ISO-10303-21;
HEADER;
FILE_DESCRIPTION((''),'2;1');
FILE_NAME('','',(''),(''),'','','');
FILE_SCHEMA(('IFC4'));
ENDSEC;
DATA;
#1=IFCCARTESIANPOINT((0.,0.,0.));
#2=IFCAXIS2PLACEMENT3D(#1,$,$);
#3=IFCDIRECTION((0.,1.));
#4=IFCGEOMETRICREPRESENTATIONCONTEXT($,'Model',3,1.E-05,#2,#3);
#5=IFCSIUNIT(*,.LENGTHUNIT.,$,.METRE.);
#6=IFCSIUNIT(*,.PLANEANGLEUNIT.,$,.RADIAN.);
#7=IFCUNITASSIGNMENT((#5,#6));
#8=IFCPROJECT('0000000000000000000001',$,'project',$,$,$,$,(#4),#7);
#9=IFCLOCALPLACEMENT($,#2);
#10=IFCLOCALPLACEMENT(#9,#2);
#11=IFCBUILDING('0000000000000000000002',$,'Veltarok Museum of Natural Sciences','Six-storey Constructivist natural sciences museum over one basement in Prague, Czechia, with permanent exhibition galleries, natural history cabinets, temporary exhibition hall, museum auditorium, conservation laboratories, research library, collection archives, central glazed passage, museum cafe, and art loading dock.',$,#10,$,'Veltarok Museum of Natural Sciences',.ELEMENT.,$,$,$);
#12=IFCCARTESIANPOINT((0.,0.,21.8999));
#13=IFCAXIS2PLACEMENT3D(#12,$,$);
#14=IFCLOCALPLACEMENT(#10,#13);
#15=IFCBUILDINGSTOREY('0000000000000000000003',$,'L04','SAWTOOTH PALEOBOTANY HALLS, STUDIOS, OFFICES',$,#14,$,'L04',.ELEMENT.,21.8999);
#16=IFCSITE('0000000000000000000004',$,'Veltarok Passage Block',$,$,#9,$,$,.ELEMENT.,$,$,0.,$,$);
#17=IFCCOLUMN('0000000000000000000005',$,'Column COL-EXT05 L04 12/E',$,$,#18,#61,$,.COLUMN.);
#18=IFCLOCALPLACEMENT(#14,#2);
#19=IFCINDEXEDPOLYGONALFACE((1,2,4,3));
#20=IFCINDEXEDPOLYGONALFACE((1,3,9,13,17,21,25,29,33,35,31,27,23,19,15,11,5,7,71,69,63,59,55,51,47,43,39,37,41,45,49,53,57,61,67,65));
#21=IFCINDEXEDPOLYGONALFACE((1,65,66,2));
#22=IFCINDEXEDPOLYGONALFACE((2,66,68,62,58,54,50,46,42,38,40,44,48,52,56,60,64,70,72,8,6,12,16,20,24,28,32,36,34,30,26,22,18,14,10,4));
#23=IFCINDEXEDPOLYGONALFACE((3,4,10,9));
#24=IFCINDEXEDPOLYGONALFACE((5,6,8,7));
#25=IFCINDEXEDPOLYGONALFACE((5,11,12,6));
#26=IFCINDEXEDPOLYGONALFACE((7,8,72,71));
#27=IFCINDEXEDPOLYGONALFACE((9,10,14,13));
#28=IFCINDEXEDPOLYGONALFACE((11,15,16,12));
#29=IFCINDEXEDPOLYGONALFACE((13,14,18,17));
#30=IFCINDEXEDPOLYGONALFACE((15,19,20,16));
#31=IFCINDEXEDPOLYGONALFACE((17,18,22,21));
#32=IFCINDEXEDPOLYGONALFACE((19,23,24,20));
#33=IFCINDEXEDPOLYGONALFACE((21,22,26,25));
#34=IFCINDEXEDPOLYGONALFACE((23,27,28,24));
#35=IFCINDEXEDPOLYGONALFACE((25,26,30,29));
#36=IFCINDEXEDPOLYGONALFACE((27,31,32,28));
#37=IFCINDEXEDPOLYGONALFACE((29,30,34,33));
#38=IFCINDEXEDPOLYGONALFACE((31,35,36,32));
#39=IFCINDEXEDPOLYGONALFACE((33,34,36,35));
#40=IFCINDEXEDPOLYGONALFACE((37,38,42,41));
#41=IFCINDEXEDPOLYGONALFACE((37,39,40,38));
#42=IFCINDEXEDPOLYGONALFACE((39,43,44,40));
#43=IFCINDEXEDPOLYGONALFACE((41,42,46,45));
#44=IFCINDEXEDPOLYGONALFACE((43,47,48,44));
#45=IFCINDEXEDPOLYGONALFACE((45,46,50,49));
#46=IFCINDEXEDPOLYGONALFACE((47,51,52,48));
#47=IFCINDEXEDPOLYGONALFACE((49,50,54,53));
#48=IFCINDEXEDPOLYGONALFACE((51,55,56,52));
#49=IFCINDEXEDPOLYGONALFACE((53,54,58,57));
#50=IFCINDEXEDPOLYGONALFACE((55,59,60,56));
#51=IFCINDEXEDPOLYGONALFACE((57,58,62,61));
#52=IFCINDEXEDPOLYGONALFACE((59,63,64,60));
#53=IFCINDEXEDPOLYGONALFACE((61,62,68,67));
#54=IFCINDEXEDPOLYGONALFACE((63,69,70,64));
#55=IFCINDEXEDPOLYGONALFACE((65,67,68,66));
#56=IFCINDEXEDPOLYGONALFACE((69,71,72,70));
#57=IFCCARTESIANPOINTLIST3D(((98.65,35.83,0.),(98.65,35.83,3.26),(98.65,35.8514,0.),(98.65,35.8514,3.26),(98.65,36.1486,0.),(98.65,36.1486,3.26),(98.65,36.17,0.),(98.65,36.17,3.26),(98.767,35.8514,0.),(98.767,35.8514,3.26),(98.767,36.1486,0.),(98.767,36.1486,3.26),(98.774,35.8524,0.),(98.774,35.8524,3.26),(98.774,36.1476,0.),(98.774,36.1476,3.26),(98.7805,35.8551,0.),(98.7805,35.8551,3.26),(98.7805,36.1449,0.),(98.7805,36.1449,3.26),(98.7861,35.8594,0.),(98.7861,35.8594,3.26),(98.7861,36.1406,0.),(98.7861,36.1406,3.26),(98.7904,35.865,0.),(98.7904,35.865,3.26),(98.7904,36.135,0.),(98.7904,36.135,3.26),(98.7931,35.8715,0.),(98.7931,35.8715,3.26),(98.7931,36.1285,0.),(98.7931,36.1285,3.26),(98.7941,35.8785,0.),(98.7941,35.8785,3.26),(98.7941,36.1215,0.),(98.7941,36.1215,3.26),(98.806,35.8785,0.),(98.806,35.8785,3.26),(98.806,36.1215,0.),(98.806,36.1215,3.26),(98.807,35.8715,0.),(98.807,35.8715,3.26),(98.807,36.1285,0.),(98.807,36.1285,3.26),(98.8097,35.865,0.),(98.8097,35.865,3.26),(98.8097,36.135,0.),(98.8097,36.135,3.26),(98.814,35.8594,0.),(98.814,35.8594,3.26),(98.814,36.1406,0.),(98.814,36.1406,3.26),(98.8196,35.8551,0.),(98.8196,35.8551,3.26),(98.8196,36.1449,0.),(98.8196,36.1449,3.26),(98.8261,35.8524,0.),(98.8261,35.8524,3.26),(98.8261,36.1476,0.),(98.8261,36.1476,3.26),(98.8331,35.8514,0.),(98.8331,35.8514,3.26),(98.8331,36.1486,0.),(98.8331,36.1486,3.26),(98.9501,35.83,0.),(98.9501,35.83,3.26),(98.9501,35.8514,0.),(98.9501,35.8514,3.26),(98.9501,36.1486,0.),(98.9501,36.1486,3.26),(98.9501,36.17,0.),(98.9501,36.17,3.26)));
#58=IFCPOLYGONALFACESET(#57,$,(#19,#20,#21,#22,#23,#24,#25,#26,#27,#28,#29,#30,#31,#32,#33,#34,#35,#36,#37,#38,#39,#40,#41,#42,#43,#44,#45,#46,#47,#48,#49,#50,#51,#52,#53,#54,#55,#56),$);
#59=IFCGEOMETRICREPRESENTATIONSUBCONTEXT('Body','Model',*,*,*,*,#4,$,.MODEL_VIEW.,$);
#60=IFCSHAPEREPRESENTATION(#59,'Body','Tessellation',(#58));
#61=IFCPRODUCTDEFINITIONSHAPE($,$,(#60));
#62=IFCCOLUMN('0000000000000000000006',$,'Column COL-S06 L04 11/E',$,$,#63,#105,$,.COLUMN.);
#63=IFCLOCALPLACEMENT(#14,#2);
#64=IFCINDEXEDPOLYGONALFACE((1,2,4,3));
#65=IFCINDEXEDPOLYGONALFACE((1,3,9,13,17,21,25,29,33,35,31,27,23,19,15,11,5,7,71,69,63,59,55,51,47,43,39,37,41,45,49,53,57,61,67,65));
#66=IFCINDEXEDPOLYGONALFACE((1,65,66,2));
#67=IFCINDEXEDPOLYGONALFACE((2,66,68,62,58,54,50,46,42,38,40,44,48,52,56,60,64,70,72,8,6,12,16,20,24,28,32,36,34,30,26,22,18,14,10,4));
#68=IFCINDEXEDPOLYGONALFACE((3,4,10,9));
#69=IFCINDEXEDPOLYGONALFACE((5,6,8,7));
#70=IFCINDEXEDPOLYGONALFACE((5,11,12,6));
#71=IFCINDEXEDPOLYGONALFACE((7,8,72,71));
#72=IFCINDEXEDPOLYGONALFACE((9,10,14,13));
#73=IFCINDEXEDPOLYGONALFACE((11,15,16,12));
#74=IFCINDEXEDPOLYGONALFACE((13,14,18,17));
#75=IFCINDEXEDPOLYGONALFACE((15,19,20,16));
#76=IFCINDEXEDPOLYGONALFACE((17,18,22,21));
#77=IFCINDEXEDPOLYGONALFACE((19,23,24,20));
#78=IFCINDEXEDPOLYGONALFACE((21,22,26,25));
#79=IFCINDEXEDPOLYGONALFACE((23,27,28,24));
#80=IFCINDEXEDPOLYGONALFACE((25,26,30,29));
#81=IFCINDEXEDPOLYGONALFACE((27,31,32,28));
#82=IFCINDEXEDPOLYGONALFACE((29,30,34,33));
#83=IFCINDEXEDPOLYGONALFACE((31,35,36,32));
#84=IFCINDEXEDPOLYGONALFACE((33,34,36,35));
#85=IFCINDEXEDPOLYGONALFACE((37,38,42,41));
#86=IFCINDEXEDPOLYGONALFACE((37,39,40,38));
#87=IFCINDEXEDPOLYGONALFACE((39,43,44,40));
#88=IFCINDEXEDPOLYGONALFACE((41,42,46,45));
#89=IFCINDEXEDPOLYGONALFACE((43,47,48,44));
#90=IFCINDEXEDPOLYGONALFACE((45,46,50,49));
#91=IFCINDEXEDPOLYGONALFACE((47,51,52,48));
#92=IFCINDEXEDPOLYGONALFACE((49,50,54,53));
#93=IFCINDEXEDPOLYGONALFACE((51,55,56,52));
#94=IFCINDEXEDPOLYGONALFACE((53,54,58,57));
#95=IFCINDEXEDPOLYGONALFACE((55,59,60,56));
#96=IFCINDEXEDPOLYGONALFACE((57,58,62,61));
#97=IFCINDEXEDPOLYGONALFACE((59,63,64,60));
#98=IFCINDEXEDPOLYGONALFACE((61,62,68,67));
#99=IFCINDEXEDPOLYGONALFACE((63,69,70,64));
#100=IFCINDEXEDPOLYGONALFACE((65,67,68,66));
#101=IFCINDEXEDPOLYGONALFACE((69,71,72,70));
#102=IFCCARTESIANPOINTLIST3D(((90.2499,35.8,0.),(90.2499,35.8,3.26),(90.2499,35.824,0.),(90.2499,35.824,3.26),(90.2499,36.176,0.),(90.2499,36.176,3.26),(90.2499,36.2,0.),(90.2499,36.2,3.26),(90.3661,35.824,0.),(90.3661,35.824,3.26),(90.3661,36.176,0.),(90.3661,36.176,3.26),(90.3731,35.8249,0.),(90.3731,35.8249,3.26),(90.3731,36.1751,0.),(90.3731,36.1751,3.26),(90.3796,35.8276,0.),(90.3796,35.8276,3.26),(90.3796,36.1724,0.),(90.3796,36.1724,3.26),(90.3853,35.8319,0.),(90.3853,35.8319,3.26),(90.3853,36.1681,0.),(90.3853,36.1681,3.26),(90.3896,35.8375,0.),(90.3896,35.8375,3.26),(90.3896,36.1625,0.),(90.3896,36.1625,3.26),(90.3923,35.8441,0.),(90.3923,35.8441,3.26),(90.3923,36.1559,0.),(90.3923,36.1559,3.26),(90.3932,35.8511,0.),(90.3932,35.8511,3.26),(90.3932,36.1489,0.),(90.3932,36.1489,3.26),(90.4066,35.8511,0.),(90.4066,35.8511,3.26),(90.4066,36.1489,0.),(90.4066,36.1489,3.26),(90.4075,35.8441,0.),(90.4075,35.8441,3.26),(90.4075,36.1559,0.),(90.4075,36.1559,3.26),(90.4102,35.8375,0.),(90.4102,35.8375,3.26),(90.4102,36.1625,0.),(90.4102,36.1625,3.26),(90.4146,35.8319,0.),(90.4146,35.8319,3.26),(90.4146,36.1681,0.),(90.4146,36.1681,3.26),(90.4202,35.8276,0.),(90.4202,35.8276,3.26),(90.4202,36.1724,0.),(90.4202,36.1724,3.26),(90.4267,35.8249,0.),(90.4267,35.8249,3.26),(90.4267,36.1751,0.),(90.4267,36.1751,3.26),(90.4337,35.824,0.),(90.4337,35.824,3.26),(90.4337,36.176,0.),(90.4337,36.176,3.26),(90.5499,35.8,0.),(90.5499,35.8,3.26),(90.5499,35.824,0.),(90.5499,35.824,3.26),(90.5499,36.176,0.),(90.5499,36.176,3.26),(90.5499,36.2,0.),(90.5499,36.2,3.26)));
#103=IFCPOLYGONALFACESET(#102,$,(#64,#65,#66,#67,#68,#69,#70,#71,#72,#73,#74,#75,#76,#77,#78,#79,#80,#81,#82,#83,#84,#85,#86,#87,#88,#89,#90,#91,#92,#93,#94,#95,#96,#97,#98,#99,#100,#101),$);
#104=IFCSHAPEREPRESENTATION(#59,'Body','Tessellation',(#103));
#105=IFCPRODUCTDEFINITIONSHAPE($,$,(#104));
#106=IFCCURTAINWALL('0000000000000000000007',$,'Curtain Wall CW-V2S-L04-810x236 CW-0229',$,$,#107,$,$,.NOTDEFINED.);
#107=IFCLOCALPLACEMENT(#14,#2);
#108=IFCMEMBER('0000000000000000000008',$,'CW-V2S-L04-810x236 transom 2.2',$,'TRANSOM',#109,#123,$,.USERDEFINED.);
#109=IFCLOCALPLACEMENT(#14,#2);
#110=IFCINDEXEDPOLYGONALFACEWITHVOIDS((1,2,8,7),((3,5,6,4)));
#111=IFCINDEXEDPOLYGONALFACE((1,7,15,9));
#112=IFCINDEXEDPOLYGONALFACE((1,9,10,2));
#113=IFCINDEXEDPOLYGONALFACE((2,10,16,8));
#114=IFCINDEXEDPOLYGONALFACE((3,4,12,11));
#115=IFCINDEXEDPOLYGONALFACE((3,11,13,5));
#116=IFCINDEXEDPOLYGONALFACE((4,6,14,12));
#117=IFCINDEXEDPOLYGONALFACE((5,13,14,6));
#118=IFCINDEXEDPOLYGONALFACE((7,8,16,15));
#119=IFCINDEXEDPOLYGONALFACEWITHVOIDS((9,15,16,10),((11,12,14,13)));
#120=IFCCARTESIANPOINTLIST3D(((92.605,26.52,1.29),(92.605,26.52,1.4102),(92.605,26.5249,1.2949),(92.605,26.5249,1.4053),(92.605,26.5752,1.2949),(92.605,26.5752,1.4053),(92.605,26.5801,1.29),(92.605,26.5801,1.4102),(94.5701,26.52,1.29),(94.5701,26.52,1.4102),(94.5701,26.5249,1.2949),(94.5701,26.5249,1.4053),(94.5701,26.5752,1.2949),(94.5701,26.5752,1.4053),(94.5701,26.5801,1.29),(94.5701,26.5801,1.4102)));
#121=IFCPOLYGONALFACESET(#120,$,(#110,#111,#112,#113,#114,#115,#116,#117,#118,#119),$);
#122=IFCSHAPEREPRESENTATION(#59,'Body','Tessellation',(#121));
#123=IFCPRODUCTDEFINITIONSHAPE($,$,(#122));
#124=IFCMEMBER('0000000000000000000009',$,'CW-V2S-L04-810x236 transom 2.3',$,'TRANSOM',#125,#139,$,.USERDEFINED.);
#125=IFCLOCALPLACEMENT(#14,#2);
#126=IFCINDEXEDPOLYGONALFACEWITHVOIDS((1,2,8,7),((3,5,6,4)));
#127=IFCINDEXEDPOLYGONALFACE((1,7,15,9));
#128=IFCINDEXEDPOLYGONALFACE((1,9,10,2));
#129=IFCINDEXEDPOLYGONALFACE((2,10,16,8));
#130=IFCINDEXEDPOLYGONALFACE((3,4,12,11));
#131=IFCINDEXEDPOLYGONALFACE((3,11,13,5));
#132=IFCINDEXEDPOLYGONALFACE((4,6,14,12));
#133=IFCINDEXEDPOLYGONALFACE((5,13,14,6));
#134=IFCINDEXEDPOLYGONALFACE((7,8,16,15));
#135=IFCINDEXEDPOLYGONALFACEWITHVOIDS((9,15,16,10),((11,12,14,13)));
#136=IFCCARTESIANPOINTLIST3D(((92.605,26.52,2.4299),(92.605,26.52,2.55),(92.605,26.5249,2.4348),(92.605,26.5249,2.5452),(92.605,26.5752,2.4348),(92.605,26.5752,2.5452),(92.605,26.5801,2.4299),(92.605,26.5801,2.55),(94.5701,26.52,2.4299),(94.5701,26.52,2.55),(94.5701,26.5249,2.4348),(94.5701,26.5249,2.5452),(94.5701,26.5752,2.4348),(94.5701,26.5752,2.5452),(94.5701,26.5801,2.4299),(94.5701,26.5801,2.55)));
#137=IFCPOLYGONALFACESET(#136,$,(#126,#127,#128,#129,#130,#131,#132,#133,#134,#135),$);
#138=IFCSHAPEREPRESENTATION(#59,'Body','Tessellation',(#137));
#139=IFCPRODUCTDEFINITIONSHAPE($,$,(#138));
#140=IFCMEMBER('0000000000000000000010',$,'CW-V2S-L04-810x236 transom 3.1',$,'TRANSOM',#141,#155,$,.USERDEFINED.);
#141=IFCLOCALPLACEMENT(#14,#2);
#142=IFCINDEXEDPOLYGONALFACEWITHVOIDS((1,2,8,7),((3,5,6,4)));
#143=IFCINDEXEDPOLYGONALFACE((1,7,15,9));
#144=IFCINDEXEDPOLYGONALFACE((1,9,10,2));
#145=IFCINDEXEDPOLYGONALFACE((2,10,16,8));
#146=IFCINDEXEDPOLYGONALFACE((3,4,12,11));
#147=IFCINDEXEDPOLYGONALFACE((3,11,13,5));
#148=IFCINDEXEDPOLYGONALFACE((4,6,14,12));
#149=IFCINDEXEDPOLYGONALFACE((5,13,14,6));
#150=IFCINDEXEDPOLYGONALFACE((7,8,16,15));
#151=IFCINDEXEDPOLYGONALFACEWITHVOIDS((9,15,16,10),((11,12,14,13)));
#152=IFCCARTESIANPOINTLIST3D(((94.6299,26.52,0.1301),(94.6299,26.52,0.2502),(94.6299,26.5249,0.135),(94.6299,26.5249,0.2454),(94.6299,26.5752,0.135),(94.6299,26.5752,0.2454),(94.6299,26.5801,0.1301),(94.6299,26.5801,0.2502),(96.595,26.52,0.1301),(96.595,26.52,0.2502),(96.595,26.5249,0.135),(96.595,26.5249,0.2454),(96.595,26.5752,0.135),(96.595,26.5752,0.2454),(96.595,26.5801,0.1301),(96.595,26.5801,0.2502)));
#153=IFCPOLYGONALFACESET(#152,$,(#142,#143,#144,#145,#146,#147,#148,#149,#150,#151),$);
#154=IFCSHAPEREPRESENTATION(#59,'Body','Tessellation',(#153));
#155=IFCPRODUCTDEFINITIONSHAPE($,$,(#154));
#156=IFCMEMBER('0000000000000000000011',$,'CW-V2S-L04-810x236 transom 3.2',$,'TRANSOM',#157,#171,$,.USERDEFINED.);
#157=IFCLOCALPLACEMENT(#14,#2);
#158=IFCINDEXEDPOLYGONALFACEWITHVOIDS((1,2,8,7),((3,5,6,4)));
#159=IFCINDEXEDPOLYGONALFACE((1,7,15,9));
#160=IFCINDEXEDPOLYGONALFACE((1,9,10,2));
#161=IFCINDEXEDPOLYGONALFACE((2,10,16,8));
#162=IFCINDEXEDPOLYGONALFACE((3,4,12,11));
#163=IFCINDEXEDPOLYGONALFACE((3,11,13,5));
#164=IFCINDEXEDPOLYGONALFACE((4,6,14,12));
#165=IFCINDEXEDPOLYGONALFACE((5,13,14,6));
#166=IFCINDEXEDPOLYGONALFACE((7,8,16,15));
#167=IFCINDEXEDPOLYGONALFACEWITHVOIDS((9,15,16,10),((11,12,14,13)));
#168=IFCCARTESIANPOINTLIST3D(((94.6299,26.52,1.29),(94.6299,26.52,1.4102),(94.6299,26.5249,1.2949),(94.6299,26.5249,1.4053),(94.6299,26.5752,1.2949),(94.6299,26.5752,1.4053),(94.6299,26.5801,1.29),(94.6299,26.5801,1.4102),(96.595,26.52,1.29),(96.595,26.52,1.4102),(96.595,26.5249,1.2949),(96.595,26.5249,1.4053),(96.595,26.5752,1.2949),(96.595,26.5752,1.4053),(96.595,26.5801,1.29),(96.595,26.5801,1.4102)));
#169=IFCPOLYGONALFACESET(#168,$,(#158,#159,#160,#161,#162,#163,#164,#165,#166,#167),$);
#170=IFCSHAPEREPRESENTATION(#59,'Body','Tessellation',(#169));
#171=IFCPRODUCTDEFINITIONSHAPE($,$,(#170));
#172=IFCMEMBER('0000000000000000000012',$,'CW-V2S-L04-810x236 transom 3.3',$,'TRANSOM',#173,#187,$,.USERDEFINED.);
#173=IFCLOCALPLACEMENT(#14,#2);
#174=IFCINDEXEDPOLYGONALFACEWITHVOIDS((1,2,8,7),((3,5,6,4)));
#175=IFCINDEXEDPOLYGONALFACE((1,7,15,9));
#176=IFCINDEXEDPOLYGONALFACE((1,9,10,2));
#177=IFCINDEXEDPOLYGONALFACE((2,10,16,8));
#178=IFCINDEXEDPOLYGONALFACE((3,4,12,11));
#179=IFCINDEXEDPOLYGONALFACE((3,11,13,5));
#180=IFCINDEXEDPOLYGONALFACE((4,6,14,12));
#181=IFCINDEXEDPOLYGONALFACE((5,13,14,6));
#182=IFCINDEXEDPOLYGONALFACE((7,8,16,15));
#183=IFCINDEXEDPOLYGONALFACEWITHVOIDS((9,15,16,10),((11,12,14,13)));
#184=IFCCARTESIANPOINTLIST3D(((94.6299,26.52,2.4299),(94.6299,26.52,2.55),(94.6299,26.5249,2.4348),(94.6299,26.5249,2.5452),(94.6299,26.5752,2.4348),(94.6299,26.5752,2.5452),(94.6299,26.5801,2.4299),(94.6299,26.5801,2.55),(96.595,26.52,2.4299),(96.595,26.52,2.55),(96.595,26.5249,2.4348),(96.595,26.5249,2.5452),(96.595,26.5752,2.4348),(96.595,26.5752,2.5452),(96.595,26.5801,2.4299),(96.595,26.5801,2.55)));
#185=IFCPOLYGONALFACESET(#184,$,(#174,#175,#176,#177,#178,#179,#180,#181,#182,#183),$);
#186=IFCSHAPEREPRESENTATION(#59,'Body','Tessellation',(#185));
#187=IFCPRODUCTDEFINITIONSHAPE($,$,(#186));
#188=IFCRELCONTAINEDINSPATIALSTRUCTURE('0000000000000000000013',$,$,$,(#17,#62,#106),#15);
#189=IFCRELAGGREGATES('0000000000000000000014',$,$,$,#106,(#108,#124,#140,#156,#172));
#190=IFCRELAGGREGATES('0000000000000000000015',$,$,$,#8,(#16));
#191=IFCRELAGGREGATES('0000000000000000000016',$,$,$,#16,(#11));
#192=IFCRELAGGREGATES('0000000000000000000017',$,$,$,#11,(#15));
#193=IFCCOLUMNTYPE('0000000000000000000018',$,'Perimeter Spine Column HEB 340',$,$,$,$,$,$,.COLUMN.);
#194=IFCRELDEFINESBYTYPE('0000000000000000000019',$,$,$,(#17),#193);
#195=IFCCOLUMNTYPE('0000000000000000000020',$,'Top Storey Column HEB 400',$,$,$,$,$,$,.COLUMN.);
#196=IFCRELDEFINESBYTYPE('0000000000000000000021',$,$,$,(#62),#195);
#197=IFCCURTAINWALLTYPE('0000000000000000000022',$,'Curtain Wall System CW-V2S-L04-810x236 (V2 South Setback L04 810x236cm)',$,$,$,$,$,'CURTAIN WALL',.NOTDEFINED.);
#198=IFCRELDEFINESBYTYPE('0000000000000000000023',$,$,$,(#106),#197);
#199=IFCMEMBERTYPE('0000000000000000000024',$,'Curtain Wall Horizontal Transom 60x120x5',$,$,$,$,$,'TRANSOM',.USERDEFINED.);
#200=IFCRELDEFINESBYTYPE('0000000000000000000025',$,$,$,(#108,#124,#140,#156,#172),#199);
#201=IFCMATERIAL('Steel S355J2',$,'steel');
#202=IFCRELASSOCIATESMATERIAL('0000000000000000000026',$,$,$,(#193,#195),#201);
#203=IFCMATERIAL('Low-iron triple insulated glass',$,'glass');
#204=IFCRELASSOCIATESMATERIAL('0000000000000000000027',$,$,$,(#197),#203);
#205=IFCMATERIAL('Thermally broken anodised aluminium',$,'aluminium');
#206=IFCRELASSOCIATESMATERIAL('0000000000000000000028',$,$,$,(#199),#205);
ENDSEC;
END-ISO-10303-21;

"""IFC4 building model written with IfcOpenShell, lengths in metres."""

from ifc_helpers import new_model, si_unit, direction, frame, origin, origin_2d, place, context, subcontext, project, spatial, hollow_rectangle, i_section, extrude, material, material_profile, profile_set, type_object, element, aggregate, save


model = new_model("IFC4")

# Units and contexts
model_context = context("Model", 3, precision=1e-05, world=origin(), true_north=direction((0.0, 1.0)))
body_context = subcontext(model_context, "Body", "Model", "MODEL_VIEW")
ifc_project = project(units=[si_unit("LENGTHUNIT", "METRE"), si_unit("PLANEANGLEUNIT", "RADIAN")], contexts=[model_context])

# Site, building, storey
site_placement = place(None, origin())
site = spatial("IfcSite", under=ifc_project, at=site_placement, Name="Veltarok Passage Block", CompositionType="ELEMENT", RefElevation=0.0)
building_placement = place(site_placement, origin())
building = spatial("IfcBuilding", under=site, at=building_placement, Name="Veltarok Museum of Natural Sciences", Description="Six-storey Constructivist natural sciences museum over one basement in Prague, Czechia, with permanent exhibition galleries, natural history cabinets, temporary exhibition hall, museum auditorium, conservation laboratories, research library, collection archives, central glazed passage, museum cafe, and art loading dock.", LongName="Veltarok Museum of Natural Sciences", CompositionType="ELEMENT")
storey_placement = place(building_placement, frame((0.0, 0.0, 21.8999)))
storey = spatial("IfcBuildingStorey", under=building, at=storey_placement, Name="L04", Description="SAWTOOTH PALEOBOTANY HALLS, STUDIOS, OFFICES", LongName="L04", CompositionType="ELEMENT", Elevation=21.8999)

# Columns
ifc_material_1 = material(Name="Steel S355J2", Category="steel")
ifc_material_profile_1 = material_profile(ifc_material_1, i_section(OverallWidth=0.3, OverallDepth=0.3401, WebThickness=0.012, FlangeThickness=0.0215, FilletRadius=0.0271, at=origin_2d()), Name="HEB 340")
ifc_profile_set_1 = profile_set([ifc_material_profile_1], Name="Steel S355J2")
column_type_1 = type_object("IfcColumnType", Name="Perimeter Spine Column HEB 340", PredefinedType="COLUMN", material=ifc_profile_set_1)
column_1_placement = place(storey_placement, frame((98.8, 36.0, 0.0), z_axis=(0.0, 0.0, 1.0), x_axis=(1.0, 0.0, 0.0)))
element("IfcColumn", 1, at=column_1_placement, inside=storey, type_object=column_type_1, Name="Column COL-EXT05 L04 12/E", PredefinedType="COLUMN", context=body_context, shape_type="SweptSolid", body=[
    extrude(i_section(OverallWidth=0.3, OverallDepth=0.3401, WebThickness=0.012, FlangeThickness=0.0215, FilletRadius=0.0271, at=origin_2d()), origin(), (0.0, 0.0, 1.0), 3.26),
])
ifc_material_profile_2 = material_profile(ifc_material_1, i_section(OverallWidth=0.3, OverallDepth=0.3999, WebThickness=0.0134, FlangeThickness=0.0239, FilletRadius=0.0271, at=origin_2d()), Name="HEB 400")
ifc_profile_set_2 = profile_set([ifc_material_profile_2], Name="Steel S355J2")
column_type_2 = type_object("IfcColumnType", Name="Top Storey Column HEB 400", PredefinedType="COLUMN", material=ifc_profile_set_2)
column_2_placement = place(storey_placement, frame((90.3999, 36.0, 0.0), z_axis=(0.0, 0.0, 1.0), x_axis=(1.0, 0.0, 0.0)))
element("IfcColumn", 2, at=column_2_placement, inside=storey, type_object=column_type_2, Name="Column COL-S06 L04 11/E", PredefinedType="COLUMN", context=body_context, shape_type="SweptSolid", body=[
    extrude(i_section(OverallWidth=0.3, OverallDepth=0.3999, WebThickness=0.0134, FlangeThickness=0.0239, FilletRadius=0.0271, at=origin_2d()), origin(), (0.0, 0.0, 1.0), 3.26),
])

# Curtain wall, members
ifc_material_2 = material(Name="Low-iron triple insulated glass", Category="glass")
curtain_wall_type = type_object("IfcCurtainWallType", Name="Curtain Wall System CW-V2S-L04-810x236 (V2 South Setback L04 810x236cm)", ElementType="CURTAIN WALL", PredefinedType="NOTDEFINED", material=ifc_material_2)
curtain_wall_placement = place(storey_placement, origin())
curtain_wall = element("IfcCurtainWall", 3, at=curtain_wall_placement, inside=storey, type_object=curtain_wall_type, Name="Curtain Wall CW-V2S-L04-810x236 CW-0229", PredefinedType="NOTDEFINED")
ifc_material_3 = material(Name="Thermally broken anodised aluminium", Category="aluminium")
ifc_material_profile_3 = material_profile(ifc_material_3, hollow_rectangle(XDim=0.0601, YDim=0.1201, WallThickness=0.0049, at=origin_2d()), Name="CW TRANSOM 60x120x5")
ifc_profile_set_3 = profile_set([ifc_material_profile_3], Name="Thermally broken anodised aluminium")
member_type_1 = type_object("IfcMemberType", Name="Curtain Wall Horizontal Transom 60x120x5", ElementType="TRANSOM", PredefinedType="USERDEFINED", material=ifc_profile_set_3)
member_1_placement = place(storey_placement, frame((92.605, 26.55, 1.3501), z_axis=(1.0, 0.0, 0.0), x_axis=(0.0, 1.0, 0.0)))
member_1 = element("IfcMember", 4, at=member_1_placement, type_object=member_type_1, Name="CW-V2S-L04-810x236 transom 2.2", ObjectType="TRANSOM", PredefinedType="USERDEFINED", context=body_context, shape_type="SweptSolid", body=[
    extrude(hollow_rectangle(XDim=0.0601, YDim=0.1201, WallThickness=0.0049, at=origin_2d()), origin(), (0.0, 0.0, 1.0), 1.9651),
])
member_2_placement = place(storey_placement, frame((92.605, 26.55, 2.49), z_axis=(1.0, 0.0, 0.0), x_axis=(0.0, 1.0, 0.0)))
member_2 = element("IfcMember", 5, at=member_2_placement, type_object=member_type_1, Name="CW-V2S-L04-810x236 transom 2.3", ObjectType="TRANSOM", PredefinedType="USERDEFINED", context=body_context, shape_type="SweptSolid", body=[
    extrude(hollow_rectangle(XDim=0.0601, YDim=0.1201, WallThickness=0.0049, at=origin_2d()), origin(), (0.0, 0.0, 1.0), 1.9651),
])
member_3_placement = place(storey_placement, frame((94.6299, 26.55, 0.1902), z_axis=(1.0, 0.0, 0.0), x_axis=(0.0, 1.0, 0.0)))
member_3 = element("IfcMember", 6, at=member_3_placement, type_object=member_type_1, Name="CW-V2S-L04-810x236 transom 3.1", ObjectType="TRANSOM", PredefinedType="USERDEFINED", context=body_context, shape_type="SweptSolid", body=[
    extrude(hollow_rectangle(XDim=0.0601, YDim=0.1201, WallThickness=0.0049, at=origin_2d()), origin(), (0.0, 0.0, 1.0), 1.9651),
])
member_4_placement = place(storey_placement, frame((94.6299, 26.55, 1.3501), z_axis=(1.0, 0.0, 0.0), x_axis=(0.0, 1.0, 0.0)))
member_4 = element("IfcMember", 7, at=member_4_placement, type_object=member_type_1, Name="CW-V2S-L04-810x236 transom 3.2", ObjectType="TRANSOM", PredefinedType="USERDEFINED", context=body_context, shape_type="SweptSolid", body=[
    extrude(hollow_rectangle(XDim=0.0601, YDim=0.1201, WallThickness=0.0049, at=origin_2d()), origin(), (0.0, 0.0, 1.0), 1.9651),
])
member_5_placement = place(storey_placement, frame((94.6299, 26.55, 2.49), z_axis=(1.0, 0.0, 0.0), x_axis=(0.0, 1.0, 0.0)))
member_5 = element("IfcMember", 8, at=member_5_placement, type_object=member_type_1, Name="CW-V2S-L04-810x236 transom 3.3", ObjectType="TRANSOM", PredefinedType="USERDEFINED", context=body_context, shape_type="SweptSolid", body=[
    extrude(hollow_rectangle(XDim=0.0601, YDim=0.1201, WallThickness=0.0049, at=origin_2d()), origin(), (0.0, 0.0, 1.0), 1.9651),
])

aggregate(curtain_wall, [member_1, member_2, member_3, member_4, member_5])

save(model, "model.ifc")
